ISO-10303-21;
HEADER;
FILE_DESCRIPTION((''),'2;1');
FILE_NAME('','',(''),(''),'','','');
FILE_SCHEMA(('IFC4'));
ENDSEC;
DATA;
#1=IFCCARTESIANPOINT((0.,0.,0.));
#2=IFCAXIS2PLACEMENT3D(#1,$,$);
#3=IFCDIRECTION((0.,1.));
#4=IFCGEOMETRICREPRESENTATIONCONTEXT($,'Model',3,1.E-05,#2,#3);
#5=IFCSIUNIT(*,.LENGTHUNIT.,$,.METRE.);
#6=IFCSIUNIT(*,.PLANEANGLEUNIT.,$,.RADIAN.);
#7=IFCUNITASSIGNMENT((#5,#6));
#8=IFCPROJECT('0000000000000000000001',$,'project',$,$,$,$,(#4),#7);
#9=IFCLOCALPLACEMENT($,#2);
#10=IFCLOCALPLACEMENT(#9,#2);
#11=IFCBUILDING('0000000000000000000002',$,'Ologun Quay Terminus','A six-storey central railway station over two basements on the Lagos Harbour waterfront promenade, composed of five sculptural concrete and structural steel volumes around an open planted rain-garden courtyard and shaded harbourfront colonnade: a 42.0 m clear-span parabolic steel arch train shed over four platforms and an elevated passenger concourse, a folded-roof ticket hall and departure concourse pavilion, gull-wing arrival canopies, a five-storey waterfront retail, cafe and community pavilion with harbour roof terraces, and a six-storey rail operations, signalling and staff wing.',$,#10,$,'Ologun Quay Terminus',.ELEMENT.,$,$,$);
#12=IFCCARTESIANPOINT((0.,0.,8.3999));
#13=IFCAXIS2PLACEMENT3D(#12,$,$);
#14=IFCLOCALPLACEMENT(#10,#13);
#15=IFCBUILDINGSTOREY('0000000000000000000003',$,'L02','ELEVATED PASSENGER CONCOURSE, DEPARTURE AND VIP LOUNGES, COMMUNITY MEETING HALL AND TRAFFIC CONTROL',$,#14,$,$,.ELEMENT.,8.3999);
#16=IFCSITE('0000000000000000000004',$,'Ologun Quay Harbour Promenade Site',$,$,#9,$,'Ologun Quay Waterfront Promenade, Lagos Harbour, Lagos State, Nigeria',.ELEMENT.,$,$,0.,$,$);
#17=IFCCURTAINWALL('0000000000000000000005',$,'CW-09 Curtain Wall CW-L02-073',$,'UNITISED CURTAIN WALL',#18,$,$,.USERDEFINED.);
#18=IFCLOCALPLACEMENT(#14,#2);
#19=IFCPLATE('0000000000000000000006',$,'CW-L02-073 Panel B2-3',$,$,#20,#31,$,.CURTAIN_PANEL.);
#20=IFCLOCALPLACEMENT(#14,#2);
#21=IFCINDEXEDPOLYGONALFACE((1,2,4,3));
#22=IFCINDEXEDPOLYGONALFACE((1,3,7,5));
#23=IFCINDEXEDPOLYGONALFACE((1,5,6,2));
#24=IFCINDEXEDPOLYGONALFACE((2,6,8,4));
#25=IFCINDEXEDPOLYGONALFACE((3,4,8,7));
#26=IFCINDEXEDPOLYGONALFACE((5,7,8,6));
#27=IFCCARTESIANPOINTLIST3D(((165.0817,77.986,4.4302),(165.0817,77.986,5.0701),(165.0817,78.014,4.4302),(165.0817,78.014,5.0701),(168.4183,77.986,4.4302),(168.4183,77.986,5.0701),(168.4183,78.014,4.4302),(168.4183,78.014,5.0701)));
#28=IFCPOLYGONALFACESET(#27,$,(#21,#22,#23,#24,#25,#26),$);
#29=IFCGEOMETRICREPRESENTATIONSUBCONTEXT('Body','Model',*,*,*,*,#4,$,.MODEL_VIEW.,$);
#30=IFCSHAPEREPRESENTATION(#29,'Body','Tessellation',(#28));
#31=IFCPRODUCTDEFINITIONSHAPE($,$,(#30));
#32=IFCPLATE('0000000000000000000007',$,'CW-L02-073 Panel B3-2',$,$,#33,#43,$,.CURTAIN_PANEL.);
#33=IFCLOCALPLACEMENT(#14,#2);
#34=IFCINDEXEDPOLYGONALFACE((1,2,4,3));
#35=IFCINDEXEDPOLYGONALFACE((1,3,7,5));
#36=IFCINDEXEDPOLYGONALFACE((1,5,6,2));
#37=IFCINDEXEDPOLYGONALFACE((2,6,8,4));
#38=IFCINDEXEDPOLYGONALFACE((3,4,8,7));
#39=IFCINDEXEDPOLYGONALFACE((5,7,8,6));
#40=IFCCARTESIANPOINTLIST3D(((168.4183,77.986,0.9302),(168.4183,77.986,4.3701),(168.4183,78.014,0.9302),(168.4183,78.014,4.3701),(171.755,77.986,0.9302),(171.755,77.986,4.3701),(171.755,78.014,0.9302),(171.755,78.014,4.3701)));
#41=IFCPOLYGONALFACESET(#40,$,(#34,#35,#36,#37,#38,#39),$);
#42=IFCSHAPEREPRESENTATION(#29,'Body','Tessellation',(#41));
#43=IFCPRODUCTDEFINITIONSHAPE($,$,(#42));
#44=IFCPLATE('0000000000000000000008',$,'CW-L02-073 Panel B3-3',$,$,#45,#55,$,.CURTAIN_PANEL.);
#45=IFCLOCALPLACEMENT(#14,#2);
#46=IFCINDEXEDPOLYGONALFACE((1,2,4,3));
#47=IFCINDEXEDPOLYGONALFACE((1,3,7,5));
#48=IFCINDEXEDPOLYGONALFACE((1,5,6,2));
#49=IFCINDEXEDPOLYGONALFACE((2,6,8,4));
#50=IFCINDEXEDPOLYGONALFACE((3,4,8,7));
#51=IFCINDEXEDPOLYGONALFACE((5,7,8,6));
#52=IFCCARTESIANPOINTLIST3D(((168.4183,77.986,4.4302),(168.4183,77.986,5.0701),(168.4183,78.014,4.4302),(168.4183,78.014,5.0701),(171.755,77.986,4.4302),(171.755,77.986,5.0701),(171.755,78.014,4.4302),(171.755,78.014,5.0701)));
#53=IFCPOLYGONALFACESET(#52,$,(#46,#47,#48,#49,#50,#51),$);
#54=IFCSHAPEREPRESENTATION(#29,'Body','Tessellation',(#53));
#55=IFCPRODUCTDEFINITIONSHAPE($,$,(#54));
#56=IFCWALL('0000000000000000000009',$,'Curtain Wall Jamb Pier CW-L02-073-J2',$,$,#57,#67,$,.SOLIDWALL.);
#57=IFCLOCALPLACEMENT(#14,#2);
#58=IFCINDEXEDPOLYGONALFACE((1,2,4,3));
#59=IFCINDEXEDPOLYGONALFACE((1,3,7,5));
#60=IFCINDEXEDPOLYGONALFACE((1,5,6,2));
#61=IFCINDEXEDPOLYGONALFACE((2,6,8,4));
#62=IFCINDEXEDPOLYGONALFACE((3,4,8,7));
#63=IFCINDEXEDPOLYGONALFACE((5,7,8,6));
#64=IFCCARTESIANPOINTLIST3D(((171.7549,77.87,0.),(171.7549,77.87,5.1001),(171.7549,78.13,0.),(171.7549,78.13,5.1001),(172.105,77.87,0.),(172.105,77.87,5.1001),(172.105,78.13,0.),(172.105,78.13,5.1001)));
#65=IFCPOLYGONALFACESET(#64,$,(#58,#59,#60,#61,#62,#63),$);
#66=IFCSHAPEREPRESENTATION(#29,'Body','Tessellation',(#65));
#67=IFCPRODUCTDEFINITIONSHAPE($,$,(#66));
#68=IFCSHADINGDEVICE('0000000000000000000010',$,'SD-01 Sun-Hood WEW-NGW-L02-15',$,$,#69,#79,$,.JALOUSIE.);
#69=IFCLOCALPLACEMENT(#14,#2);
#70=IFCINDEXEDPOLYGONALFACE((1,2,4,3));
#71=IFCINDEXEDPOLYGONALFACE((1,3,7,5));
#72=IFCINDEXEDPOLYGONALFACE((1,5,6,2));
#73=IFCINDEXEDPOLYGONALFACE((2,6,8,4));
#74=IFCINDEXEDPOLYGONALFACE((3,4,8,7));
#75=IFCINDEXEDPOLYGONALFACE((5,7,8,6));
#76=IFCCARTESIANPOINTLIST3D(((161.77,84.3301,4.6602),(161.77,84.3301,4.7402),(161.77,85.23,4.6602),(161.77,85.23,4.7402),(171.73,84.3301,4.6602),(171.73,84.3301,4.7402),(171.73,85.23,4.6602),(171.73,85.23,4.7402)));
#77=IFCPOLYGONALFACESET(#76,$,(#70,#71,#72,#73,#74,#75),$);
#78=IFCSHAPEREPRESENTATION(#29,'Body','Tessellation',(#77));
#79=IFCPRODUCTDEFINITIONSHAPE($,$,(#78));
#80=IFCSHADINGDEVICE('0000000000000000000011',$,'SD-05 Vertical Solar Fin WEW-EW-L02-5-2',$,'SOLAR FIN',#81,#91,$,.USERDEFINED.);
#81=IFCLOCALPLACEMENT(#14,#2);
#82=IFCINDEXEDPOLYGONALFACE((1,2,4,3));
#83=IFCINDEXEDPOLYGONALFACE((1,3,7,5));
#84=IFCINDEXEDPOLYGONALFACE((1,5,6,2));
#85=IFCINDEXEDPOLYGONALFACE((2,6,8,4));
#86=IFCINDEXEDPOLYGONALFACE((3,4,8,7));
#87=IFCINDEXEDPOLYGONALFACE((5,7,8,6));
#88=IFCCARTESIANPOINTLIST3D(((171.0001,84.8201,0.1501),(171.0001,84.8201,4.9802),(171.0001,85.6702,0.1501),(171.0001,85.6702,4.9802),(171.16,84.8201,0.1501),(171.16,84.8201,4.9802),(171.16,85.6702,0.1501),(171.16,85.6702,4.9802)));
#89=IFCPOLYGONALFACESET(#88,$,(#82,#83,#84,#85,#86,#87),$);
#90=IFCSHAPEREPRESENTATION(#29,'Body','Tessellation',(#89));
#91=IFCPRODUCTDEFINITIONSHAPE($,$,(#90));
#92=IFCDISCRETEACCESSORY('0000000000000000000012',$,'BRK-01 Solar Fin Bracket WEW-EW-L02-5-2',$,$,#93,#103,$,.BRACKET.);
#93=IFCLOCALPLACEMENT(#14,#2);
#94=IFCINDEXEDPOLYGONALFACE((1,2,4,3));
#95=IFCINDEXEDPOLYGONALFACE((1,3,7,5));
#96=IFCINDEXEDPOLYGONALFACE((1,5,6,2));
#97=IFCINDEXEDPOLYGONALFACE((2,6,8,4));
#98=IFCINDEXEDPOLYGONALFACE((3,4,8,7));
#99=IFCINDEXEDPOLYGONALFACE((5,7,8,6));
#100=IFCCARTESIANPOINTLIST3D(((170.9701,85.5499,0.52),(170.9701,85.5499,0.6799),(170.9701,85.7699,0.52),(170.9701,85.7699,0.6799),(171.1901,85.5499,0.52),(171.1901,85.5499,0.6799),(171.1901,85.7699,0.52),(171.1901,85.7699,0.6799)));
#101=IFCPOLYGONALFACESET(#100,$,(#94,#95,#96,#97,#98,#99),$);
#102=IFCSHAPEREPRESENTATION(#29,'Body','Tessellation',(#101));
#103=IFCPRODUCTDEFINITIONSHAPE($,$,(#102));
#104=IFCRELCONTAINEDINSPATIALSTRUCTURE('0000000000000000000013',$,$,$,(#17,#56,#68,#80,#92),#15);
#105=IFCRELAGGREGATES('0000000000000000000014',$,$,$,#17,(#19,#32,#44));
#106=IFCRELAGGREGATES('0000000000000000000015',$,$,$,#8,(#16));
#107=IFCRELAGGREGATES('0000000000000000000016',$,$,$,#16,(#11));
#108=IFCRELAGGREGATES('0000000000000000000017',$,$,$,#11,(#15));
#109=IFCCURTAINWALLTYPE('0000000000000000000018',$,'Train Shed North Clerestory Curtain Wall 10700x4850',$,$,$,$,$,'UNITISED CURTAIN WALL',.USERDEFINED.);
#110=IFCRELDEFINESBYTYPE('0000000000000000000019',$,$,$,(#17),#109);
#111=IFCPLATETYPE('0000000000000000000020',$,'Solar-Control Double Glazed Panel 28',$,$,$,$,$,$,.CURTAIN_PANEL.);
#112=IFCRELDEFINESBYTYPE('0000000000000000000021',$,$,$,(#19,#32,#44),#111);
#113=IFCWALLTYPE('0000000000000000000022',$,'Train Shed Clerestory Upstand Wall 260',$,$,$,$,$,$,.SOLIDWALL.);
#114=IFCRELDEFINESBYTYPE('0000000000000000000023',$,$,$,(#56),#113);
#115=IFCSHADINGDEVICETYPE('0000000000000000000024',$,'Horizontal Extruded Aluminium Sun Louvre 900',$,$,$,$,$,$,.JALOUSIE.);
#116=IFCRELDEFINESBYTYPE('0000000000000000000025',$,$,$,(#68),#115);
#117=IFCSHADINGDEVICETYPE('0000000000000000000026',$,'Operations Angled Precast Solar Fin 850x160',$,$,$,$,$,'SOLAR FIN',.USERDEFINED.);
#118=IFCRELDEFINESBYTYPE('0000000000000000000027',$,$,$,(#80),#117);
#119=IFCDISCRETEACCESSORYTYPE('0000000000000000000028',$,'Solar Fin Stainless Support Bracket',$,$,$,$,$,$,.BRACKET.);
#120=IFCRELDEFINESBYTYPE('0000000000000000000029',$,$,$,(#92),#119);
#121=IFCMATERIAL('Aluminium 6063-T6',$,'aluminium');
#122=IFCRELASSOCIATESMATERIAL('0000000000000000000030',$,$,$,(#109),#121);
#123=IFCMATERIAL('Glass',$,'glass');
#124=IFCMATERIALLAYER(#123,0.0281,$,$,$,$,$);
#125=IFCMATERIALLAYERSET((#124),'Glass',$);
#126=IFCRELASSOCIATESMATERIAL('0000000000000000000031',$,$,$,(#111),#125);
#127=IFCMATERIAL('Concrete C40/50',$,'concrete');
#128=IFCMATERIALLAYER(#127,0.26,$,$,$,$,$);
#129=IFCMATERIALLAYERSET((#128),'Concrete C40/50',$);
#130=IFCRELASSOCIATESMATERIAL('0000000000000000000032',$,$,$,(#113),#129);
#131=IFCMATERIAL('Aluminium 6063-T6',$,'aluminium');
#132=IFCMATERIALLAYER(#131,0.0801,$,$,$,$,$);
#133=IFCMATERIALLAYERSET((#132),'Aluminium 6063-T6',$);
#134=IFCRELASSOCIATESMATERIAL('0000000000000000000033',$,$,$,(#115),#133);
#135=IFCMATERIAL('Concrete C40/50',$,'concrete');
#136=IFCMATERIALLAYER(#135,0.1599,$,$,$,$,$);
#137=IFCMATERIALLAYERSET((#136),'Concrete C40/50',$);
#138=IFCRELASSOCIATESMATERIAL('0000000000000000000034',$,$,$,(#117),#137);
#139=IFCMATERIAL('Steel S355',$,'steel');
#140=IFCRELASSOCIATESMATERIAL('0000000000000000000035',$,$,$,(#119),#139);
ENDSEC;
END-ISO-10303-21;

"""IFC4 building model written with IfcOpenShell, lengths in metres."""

from ifc_helpers import new_model, si_unit, direction, frame, frame_2d, origin, origin_2d, place, context, subcontext, project, spatial, rectangle, extrude, material, layer, layer_set, type_object, element, aggregate, save


model = new_model("IFC4")

# Units and contexts
model_context = context("Model", 3, precision=1e-05, world=origin(), true_north=direction((0.0, 1.0)))
body_context = subcontext(model_context, "Body", "Model", "MODEL_VIEW")
ifc_project = project(units=[si_unit("LENGTHUNIT", "METRE"), si_unit("PLANEANGLEUNIT", "RADIAN")], contexts=[model_context])

# Site, building, storey
site_placement = place(None, origin())
site = spatial("IfcSite", under=ifc_project, at=site_placement, Name="Ologun Quay Harbour Promenade Site", LongName="Ologun Quay Waterfront Promenade, Lagos Harbour, Lagos State, Nigeria", CompositionType="ELEMENT", RefElevation=0.0)
building_placement = place(site_placement, origin())
building = spatial("IfcBuilding", under=site, at=building_placement, Name="Ologun Quay Terminus", Description="A six-storey central railway station over two basements on the Lagos Harbour waterfront promenade, composed of five sculptural concrete and structural steel volumes around an open planted rain-garden courtyard and shaded harbourfront colonnade: a 42.0 m clear-span parabolic steel arch train shed over four platforms and an elevated passenger concourse, a folded-roof ticket hall and departure concourse pavilion, gull-wing arrival canopies, a five-storey waterfront retail, cafe and community pavilion with harbour roof terraces, and a six-storey rail operations, signalling and staff wing.", LongName="Ologun Quay Terminus", CompositionType="ELEMENT")
storey_placement = place(building_placement, frame((0.0, 0.0, 8.3999)))
storey = spatial("IfcBuildingStorey", under=building, at=storey_placement, Name="L02", Description="ELEVATED PASSENGER CONCOURSE, DEPARTURE AND VIP LOUNGES, COMMUNITY MEETING HALL AND TRAFFIC CONTROL", CompositionType="ELEMENT", Elevation=8.3999)

# Curtain wall
ifc_material_1 = material(Name="Aluminium 6063-T6", Category="aluminium")
curtain_wall_type = type_object("IfcCurtainWallType", Name="Train Shed North Clerestory Curtain Wall 10700x4850", ElementType="UNITISED CURTAIN WALL", PredefinedType="USERDEFINED", material=ifc_material_1)
curtain_wall_placement = place(storey_placement, origin())
curtain_wall = element("IfcCurtainWall", 1, at=curtain_wall_placement, inside=storey, type_object=curtain_wall_type, Name="CW-09 Curtain Wall CW-L02-073", ObjectType="UNITISED CURTAIN WALL", PredefinedType="USERDEFINED")

# Plates
ifc_material_2 = material(Name="Glass", Category="glass")
ifc_layer_1 = layer(ifc_material_2, 0.0281)
ifc_layer_set_1 = layer_set([ifc_layer_1], Name="Glass")
plate_type_1 = type_object("IfcPlateType", Name="Solar-Control Double Glazed Panel 28", PredefinedType="CURTAIN_PANEL", material=ifc_layer_set_1)
plate_1_placement = place(storey_placement, frame((166.75, 78.0, 4.4302), z_axis=(0.0, 0.0, 1.0), x_axis=(1.0, 0.0, 0.0)))
plate_1 = element("IfcPlate", 2, at=plate_1_placement, type_object=plate_type_1, Name="CW-L02-073 Panel B2-3", PredefinedType="CURTAIN_PANEL", context=body_context, shape_type="SweptSolid", body=[
    extrude(rectangle(XDim=3.3367, YDim=0.0281, at=origin_2d()), origin(), (0.0, 0.0, 1.0), 0.6399),
])
plate_2_placement = place(storey_placement, frame((170.0867, 78.0, 0.9302), z_axis=(0.0, 0.0, 1.0), x_axis=(1.0, 0.0, 0.0)))
plate_2 = element("IfcPlate", 3, at=plate_2_placement, type_object=plate_type_1, Name="CW-L02-073 Panel B3-2", PredefinedType="CURTAIN_PANEL", context=body_context, shape_type="SweptSolid", body=[
    extrude(rectangle(XDim=3.3367, YDim=0.0281, at=origin_2d()), origin(), (0.0, 0.0, 1.0), 3.4399),
])
plate_3_placement = place(storey_placement, frame((170.0867, 78.0, 4.4302), z_axis=(0.0, 0.0, 1.0), x_axis=(1.0, 0.0, 0.0)))
plate_3 = element("IfcPlate", 4, at=plate_3_placement, type_object=plate_type_1, Name="CW-L02-073 Panel B3-3", PredefinedType="CURTAIN_PANEL", context=body_context, shape_type="SweptSolid", body=[
    extrude(rectangle(XDim=3.3367, YDim=0.0281, at=origin_2d()), origin(), (0.0, 0.0, 1.0), 0.6399),
])
aggregate(curtain_wall, [plate_1, plate_2, plate_3])

# Wall
ifc_material_3 = material(Name="Concrete C40/50", Category="concrete")
ifc_layer_2 = layer(ifc_material_3, 0.26)
ifc_layer_set_2 = layer_set([ifc_layer_2], Name="Concrete C40/50")
wall_type = type_object("IfcWallType", Name="Train Shed Clerestory Upstand Wall 260", PredefinedType="SOLIDWALL", material=ifc_layer_set_2)
wall_placement = place(storey_placement, frame((171.7549, 78.0, 0.0), z_axis=(0.0, 0.0, 1.0), x_axis=(1.0, 0.0, 0.0)))
element("IfcWall", 5, at=wall_placement, inside=storey, type_object=wall_type, Name="Curtain Wall Jamb Pier CW-L02-073-J2", PredefinedType="SOLIDWALL", context=body_context, shape_type="SweptSolid", body=[
    extrude(rectangle(XDim=0.3501, YDim=0.26, at=frame_2d((0.175, 0.0))), origin(), (0.0, 0.0, 1.0), 5.1001),
])

# Shading devices
ifc_material_4 = material(Name="Aluminium 6063-T6", Category="aluminium")
ifc_layer_3 = layer(ifc_material_4, 0.0801)
ifc_layer_set_3 = layer_set([ifc_layer_3], Name="Aluminium 6063-T6")
shading_device_type_1 = type_object("IfcShadingDeviceType", Name="Horizontal Extruded Aluminium Sun Louvre 900", PredefinedType="JALOUSIE", material=ifc_layer_set_3)
shading_device_1_placement = place(storey_placement, frame((166.75, 84.78, 4.6602), z_axis=(0.0, 0.0, 1.0), x_axis=(1.0, 0.0, 0.0)))
element("IfcShadingDevice", 6, at=shading_device_1_placement, inside=storey, type_object=shading_device_type_1, Name="SD-01 Sun-Hood WEW-NGW-L02-15", PredefinedType="JALOUSIE", context=body_context, shape_type="SweptSolid", body=[
    extrude(rectangle(XDim=9.96, YDim=0.8999, at=origin_2d()), origin(), (0.0, 0.0, 1.0), 0.0801),
])
ifc_material_5 = material(Name="Concrete C40/50", Category="concrete")
ifc_layer_4 = layer(ifc_material_5, 0.1599)
ifc_layer_set_4 = layer_set([ifc_layer_4], Name="Concrete C40/50")
shading_device_type_2 = type_object("IfcShadingDeviceType", Name="Operations Angled Precast Solar Fin 850x160", ElementType="SOLAR FIN", PredefinedType="USERDEFINED", material=ifc_layer_set_4)
shading_device_2_placement = place(storey_placement, frame((171.0801, 85.2451, 0.1501), z_axis=(0.0, 0.0, 1.0), x_axis=(1.0, 0.0, 0.0)))
element("IfcShadingDevice", 7, at=shading_device_2_placement, inside=storey, type_object=shading_device_type_2, Name="SD-05 Vertical Solar Fin WEW-EW-L02-5-2", ObjectType="SOLAR FIN", PredefinedType="USERDEFINED", context=body_context, shape_type="SweptSolid", body=[
    extrude(rectangle(XDim=0.1599, YDim=0.8501, at=origin_2d()), origin(), (0.0, 0.0, 1.0), 4.8301),
])

# Discrete accessory
ifc_material_6 = material(Name="Steel S355", Category="steel")
discrete_accessory_type = type_object("IfcDiscreteAccessoryType", Name="Solar Fin Stainless Support Bracket", PredefinedType="BRACKET", material=ifc_material_6)
discrete_accessory_placement = place(storey_placement, frame((171.0801, 85.6599, 0.52), z_axis=(0.0, 0.0, 1.0), x_axis=(1.0, 0.0, 0.0)))
element("IfcDiscreteAccessory", 8, at=discrete_accessory_placement, inside=storey, type_object=discrete_accessory_type, Name="BRK-01 Solar Fin Bracket WEW-EW-L02-5-2", PredefinedType="BRACKET", context=body_context, shape_type="SweptSolid", body=[
    extrude(rectangle(XDim=0.22, YDim=0.22, at=origin_2d()), origin(), (0.0, 0.0, 1.0), 0.1599),
])

save(model, "model.ifc")
